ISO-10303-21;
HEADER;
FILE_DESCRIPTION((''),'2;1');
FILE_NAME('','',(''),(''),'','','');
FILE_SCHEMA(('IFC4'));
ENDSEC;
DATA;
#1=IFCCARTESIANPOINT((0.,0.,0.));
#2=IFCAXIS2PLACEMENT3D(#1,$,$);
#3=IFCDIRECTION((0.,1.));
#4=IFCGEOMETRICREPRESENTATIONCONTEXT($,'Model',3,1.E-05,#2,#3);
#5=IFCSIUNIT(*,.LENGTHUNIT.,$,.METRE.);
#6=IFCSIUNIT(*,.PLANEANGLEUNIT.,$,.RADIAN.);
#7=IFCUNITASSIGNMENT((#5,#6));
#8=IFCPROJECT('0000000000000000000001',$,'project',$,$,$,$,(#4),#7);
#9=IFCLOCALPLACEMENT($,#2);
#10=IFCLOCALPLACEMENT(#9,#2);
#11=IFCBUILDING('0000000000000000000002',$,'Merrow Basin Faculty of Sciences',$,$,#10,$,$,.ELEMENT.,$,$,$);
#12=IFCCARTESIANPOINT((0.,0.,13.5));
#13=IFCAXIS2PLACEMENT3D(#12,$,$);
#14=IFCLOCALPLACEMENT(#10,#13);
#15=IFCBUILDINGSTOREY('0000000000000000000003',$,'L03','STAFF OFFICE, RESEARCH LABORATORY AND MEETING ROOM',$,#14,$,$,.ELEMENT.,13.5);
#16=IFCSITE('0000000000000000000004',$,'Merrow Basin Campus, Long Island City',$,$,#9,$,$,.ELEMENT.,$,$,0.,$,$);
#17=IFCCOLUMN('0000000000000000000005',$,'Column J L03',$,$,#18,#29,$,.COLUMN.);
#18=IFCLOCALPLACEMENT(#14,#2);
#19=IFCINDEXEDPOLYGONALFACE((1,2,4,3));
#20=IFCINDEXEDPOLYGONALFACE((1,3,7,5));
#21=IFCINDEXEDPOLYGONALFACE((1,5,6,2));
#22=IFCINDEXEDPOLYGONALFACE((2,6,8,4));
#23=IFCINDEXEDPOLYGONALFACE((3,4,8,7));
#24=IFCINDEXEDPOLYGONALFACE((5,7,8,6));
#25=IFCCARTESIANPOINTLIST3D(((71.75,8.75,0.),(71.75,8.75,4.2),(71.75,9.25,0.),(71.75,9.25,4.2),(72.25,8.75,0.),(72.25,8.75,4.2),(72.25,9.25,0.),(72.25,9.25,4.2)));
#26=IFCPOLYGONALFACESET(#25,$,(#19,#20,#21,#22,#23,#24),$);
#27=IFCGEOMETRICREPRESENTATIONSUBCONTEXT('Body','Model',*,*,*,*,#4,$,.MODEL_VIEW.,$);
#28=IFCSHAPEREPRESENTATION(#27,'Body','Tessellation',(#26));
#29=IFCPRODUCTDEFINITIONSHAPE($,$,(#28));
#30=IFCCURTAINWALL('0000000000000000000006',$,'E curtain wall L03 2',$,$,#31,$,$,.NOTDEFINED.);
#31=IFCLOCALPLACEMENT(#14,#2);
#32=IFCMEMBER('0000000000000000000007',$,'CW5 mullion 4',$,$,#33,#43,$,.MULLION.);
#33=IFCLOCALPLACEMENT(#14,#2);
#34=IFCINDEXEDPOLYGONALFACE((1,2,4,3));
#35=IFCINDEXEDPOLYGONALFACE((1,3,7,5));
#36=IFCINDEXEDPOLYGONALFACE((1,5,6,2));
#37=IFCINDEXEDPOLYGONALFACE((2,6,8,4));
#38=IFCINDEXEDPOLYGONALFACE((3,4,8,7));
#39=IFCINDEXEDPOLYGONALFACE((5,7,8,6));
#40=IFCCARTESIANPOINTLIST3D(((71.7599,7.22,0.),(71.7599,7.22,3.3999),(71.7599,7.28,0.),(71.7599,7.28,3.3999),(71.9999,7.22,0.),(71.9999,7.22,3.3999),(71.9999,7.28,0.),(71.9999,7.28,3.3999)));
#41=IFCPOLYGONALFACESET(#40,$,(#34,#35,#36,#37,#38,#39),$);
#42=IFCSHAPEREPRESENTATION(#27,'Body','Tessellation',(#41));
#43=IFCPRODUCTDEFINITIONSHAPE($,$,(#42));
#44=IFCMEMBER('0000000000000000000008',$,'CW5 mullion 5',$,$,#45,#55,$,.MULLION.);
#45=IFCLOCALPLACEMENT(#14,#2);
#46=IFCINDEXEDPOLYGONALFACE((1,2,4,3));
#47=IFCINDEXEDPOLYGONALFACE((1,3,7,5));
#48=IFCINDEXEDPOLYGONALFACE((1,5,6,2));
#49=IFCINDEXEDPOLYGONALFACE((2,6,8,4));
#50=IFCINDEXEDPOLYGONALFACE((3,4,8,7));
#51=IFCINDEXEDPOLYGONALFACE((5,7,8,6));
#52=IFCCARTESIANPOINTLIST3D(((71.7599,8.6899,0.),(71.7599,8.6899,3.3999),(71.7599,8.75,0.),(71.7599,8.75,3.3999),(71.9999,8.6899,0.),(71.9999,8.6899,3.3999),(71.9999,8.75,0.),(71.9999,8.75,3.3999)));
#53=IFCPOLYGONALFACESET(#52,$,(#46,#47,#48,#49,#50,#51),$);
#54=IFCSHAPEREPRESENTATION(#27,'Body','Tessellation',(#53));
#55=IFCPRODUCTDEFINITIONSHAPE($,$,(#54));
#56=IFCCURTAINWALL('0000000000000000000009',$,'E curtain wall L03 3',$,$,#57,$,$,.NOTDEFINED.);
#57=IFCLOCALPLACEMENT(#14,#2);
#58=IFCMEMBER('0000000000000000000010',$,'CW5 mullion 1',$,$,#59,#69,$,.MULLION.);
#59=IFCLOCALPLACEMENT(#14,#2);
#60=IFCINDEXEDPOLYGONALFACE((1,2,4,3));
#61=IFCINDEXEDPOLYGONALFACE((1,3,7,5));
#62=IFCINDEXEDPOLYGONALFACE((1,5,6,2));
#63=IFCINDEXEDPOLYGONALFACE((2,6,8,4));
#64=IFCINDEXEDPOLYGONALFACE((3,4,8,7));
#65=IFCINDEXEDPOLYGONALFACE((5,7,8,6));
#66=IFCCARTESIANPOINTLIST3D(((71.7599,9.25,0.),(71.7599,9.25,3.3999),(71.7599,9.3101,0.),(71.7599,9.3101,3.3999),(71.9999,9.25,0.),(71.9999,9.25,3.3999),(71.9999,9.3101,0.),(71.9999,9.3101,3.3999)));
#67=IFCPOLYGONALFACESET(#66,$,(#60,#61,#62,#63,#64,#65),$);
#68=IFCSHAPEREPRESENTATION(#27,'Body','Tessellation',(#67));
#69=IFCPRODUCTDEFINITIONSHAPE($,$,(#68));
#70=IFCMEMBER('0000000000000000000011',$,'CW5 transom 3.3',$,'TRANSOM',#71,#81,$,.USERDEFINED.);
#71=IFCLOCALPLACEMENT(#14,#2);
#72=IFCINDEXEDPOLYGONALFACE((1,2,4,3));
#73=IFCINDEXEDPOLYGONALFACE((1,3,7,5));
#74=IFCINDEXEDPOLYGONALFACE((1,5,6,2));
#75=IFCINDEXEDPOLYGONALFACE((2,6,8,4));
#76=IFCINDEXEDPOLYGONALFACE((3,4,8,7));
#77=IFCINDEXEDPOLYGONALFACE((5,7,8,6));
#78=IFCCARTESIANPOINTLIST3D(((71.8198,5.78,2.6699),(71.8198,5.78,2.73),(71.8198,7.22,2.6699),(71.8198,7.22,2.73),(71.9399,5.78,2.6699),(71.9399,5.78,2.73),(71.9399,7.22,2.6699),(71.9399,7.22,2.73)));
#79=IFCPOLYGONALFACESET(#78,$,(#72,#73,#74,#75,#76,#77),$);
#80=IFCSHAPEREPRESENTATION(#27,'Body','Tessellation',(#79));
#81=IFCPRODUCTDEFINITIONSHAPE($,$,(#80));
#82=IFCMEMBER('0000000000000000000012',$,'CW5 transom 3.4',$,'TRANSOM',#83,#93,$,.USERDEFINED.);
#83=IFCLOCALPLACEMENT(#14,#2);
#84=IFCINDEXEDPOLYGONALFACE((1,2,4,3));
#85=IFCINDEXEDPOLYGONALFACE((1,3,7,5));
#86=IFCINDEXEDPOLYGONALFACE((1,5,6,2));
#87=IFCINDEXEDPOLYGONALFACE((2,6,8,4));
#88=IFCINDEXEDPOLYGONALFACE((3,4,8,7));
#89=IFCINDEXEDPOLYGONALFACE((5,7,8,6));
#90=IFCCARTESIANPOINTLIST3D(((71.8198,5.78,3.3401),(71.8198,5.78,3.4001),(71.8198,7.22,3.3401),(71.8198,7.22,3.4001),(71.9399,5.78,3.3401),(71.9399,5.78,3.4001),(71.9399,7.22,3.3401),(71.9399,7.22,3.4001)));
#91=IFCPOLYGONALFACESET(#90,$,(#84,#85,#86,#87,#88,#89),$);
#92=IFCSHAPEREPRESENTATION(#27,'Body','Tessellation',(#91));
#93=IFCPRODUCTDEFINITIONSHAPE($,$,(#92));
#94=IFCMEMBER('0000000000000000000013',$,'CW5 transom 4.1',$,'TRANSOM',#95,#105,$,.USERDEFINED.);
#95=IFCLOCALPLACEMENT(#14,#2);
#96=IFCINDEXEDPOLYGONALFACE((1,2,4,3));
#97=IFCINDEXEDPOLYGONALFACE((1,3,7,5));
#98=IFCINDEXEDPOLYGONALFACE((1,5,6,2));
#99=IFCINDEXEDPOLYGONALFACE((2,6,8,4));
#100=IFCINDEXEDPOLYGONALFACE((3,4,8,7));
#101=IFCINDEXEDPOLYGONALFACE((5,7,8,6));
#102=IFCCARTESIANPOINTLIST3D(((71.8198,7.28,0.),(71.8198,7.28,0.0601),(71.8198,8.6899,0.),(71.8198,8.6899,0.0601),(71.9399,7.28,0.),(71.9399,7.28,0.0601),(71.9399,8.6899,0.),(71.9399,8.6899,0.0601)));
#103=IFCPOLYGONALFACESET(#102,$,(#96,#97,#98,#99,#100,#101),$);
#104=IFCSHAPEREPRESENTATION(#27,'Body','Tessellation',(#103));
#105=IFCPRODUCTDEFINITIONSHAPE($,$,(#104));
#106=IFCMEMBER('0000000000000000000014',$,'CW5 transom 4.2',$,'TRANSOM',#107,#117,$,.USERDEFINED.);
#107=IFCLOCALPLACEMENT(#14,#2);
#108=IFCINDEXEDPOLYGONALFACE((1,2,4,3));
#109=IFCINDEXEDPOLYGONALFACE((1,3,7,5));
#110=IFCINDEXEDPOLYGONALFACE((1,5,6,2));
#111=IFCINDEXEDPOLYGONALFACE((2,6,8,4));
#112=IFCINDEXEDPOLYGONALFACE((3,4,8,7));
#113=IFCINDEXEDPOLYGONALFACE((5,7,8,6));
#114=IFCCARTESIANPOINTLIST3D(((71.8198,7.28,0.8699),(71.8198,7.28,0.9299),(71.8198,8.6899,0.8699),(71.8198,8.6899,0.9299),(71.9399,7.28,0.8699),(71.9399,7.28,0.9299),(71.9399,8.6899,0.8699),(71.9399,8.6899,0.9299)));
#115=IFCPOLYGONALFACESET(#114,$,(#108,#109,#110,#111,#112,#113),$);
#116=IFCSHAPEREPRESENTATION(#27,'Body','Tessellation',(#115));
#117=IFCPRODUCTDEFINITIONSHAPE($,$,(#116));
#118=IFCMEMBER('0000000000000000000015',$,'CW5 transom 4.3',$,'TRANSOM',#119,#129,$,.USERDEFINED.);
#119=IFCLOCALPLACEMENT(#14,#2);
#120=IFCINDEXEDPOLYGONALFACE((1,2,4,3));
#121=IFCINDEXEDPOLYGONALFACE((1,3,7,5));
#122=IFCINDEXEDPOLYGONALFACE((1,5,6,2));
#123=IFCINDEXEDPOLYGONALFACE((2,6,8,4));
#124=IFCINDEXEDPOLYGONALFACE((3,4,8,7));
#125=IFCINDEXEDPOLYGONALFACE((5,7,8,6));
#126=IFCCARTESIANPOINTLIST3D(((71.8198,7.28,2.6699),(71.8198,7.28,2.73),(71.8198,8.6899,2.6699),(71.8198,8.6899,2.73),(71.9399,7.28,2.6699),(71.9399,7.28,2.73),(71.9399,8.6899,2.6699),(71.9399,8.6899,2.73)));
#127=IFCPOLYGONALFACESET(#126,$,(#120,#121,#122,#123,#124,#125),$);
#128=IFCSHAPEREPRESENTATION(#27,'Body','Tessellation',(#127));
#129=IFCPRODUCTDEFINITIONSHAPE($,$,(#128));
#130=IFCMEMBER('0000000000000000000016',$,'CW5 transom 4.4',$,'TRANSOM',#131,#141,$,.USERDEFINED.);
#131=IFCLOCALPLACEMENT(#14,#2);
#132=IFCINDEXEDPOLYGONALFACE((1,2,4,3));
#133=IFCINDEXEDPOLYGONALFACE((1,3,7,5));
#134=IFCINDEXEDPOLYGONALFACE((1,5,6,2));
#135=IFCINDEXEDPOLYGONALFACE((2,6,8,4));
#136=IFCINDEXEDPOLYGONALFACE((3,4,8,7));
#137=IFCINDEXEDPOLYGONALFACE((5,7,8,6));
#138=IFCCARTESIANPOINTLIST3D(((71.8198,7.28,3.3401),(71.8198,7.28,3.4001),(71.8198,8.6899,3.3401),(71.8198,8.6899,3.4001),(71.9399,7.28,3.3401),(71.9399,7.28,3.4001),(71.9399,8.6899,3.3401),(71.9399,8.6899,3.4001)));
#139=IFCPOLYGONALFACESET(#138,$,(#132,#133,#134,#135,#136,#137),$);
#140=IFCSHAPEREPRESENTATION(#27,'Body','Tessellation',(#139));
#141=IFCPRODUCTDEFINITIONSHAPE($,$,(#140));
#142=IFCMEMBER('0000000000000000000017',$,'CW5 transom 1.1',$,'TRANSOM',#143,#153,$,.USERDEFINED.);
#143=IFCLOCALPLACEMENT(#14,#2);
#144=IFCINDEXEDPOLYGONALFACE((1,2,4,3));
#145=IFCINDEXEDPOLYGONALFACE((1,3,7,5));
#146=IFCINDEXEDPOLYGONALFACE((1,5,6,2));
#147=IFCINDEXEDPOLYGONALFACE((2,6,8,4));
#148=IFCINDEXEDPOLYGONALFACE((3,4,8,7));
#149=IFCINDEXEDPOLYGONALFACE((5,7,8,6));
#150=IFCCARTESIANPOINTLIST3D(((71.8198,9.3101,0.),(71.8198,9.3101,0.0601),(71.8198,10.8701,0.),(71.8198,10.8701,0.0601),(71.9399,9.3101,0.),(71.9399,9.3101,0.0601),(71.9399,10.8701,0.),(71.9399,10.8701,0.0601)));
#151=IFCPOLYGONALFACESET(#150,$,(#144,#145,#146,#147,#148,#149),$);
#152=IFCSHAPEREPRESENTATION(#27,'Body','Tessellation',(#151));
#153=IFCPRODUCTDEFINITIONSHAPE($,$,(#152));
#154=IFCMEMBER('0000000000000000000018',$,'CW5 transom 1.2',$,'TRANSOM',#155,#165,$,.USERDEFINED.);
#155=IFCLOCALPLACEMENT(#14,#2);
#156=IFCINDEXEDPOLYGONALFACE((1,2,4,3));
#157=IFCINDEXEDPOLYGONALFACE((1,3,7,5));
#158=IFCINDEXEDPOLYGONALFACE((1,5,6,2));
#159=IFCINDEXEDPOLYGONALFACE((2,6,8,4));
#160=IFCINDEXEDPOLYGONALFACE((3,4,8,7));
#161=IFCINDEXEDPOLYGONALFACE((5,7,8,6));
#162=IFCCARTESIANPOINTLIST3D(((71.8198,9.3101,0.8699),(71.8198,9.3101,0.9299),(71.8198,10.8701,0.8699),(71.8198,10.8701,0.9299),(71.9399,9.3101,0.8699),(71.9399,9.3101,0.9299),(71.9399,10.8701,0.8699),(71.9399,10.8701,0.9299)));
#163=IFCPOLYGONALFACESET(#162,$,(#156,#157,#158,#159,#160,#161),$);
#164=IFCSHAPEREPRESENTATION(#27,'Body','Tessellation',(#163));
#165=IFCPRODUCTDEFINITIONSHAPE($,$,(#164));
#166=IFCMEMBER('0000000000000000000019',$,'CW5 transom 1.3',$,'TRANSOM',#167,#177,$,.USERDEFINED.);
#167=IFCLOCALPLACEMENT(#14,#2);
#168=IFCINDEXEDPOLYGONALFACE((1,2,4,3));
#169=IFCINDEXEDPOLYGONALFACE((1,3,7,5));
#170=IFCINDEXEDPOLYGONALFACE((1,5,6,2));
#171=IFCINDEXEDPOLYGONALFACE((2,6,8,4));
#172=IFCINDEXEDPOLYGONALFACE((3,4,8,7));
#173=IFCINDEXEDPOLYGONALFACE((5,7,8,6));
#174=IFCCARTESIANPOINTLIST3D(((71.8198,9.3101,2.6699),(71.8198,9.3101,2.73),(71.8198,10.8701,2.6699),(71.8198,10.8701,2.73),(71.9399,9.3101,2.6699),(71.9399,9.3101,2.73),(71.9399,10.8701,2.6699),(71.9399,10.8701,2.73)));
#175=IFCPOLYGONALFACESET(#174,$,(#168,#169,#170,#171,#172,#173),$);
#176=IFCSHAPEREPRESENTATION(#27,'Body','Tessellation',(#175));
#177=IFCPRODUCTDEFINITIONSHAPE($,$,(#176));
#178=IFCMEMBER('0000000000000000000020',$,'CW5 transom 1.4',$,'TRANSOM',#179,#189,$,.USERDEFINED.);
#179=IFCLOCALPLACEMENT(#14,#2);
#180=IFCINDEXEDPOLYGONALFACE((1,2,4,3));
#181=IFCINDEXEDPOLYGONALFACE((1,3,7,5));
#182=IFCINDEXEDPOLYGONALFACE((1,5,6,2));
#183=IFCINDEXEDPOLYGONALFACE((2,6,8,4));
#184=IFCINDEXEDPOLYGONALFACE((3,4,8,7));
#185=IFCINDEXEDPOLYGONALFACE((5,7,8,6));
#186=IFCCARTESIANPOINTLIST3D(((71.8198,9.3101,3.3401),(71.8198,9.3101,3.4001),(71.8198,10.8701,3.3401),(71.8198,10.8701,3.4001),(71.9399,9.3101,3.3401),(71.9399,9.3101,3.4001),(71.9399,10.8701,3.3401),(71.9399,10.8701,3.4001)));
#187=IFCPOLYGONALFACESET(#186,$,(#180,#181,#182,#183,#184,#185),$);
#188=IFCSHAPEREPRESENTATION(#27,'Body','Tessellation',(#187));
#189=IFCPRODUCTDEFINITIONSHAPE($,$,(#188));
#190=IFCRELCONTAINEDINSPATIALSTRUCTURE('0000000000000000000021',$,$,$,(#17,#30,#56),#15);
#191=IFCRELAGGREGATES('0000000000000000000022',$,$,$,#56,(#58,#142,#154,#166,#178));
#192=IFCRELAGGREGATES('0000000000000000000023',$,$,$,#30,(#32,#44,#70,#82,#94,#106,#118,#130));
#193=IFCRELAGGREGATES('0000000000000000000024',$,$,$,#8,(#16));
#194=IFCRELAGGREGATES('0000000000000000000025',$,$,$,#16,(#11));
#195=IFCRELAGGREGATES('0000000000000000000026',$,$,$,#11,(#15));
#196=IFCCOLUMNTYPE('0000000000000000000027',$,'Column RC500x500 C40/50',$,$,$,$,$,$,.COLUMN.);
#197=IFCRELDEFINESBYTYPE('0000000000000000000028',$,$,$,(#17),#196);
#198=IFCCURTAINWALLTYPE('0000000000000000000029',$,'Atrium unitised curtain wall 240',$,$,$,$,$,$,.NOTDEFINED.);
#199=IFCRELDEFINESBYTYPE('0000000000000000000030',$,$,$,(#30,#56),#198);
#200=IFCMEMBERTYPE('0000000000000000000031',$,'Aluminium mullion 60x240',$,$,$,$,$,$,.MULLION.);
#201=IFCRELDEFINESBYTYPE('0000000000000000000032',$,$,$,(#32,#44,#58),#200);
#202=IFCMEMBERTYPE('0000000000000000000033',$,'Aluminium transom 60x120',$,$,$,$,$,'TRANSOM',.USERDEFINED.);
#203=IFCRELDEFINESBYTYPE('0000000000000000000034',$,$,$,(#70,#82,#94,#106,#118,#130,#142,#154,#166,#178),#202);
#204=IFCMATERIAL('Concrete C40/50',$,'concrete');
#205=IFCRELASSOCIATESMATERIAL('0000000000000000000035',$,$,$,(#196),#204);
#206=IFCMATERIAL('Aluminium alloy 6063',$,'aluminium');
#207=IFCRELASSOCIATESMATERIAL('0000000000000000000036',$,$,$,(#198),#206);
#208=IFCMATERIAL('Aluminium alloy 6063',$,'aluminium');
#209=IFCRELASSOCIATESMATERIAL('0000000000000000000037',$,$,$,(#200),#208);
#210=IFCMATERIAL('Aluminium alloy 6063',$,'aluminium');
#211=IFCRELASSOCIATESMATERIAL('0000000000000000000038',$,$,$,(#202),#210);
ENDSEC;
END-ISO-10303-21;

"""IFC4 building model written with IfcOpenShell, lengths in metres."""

from ifc_helpers import new_model, si_unit, direction, frame, origin, origin_2d, place, context, subcontext, project, spatial, rectangle, extrude, material, material_profile, profile_set, type_object, element, aggregate, save


model = new_model("IFC4")

# Units and contexts
model_context = context("Model", 3, precision=1e-05, world=origin(), true_north=direction((0.0, 1.0)))
body_context = subcontext(model_context, "Body", "Model", "MODEL_VIEW")
ifc_project = project(units=[si_unit("LENGTHUNIT", "METRE"), si_unit("PLANEANGLEUNIT", "RADIAN")], contexts=[model_context])

# Site, building, storey
site_placement = place(None, origin())
site = spatial("IfcSite", under=ifc_project, at=site_placement, Name="Merrow Basin Campus, Long Island City", CompositionType="ELEMENT", RefElevation=0.0)
building_placement = place(site_placement, origin())
building = spatial("IfcBuilding", under=site, at=building_placement, Name="Merrow Basin Faculty of Sciences", CompositionType="ELEMENT")
storey_placement = place(building_placement, frame((0.0, 0.0, 13.5)))
storey = spatial("IfcBuildingStorey", under=building, at=storey_placement, Name="L03", Description="STAFF OFFICE, RESEARCH LABORATORY AND MEETING ROOM", CompositionType="ELEMENT", Elevation=13.5)

# Column
ifc_material_1 = material(Name="Concrete C40/50", Category="concrete")
ifc_material_profile_1 = material_profile(ifc_material_1, rectangle(XDim=0.5, YDim=0.5, at=origin_2d()))
ifc_profile_set_1 = profile_set([ifc_material_profile_1], Name="Concrete C40/50")
column_type = type_object("IfcColumnType", Name="Column RC500x500 C40/50", PredefinedType="COLUMN", material=ifc_profile_set_1)
column_placement = place(storey_placement, frame((72.0, 9.0, 0.0), z_axis=(0.0, 0.0, 1.0), x_axis=(1.0, 0.0, 0.0)))
element("IfcColumn", 1, at=column_placement, inside=storey, type_object=column_type, Name="Column J L03", PredefinedType="COLUMN", context=body_context, shape_type="SweptSolid", body=[
    extrude(rectangle(XDim=0.5, YDim=0.5, at=origin_2d()), origin(), (0.0, 0.0, 1.0), 4.2),
])

# Curtain wall, members
ifc_material_2 = material(Name="Aluminium alloy 6063", Category="aluminium")
curtain_wall_type = type_object("IfcCurtainWallType", Name="Atrium unitised curtain wall 240", PredefinedType="NOTDEFINED", material=ifc_material_2)
curtain_wall_1_placement = place(storey_placement, origin())
curtain_wall_1 = element("IfcCurtainWall", 2, at=curtain_wall_1_placement, inside=storey, type_object=curtain_wall_type, Name="E curtain wall L03 2", PredefinedType="NOTDEFINED")
ifc_material_3 = material(Name="Aluminium alloy 6063", Category="aluminium")
ifc_material_profile_2 = material_profile(ifc_material_3, rectangle(XDim=0.24, YDim=0.0601, at=origin_2d()))
ifc_profile_set_2 = profile_set([ifc_material_profile_2], Name="Aluminium alloy 6063")
member_type_1 = type_object("IfcMemberType", Name="Aluminium mullion 60x240", PredefinedType="MULLION", material=ifc_profile_set_2)
member_1_placement = place(storey_placement, frame((71.8799, 7.25, 0.0), z_axis=(0.0, 0.0, 1.0), x_axis=(-1.0, 0.0, 0.0)))
member_1 = element("IfcMember", 3, at=member_1_placement, type_object=member_type_1, Name="CW5 mullion 4", PredefinedType="MULLION", context=body_context, shape_type="SweptSolid", body=[
    extrude(rectangle(XDim=0.24, YDim=0.0601, at=origin_2d()), origin(), (0.0, 0.0, 1.0), 3.3999),
])
member_2_placement = place(storey_placement, frame((71.8799, 8.72, 0.0), z_axis=(0.0, 0.0, 1.0), x_axis=(-1.0, 0.0, 0.0)))
member_2 = element("IfcMember", 4, at=member_2_placement, type_object=member_type_1, Name="CW5 mullion 5", PredefinedType="MULLION", context=body_context, shape_type="SweptSolid", body=[
    extrude(rectangle(XDim=0.24, YDim=0.0601, at=origin_2d()), origin(), (0.0, 0.0, 1.0), 3.3999),
])

# Curtain wall, member
curtain_wall_2_placement = place(storey_placement, origin())
curtain_wall_2 = element("IfcCurtainWall", 5, at=curtain_wall_2_placement, inside=storey, type_object=curtain_wall_type, Name="E curtain wall L03 3", PredefinedType="NOTDEFINED")
member_3_placement = place(storey_placement, frame((71.8799, 9.28, 0.0), z_axis=(0.0, 0.0, 1.0), x_axis=(-1.0, 0.0, 0.0)))
member_3 = element("IfcMember", 6, at=member_3_placement, type_object=member_type_1, Name="CW5 mullion 1", PredefinedType="MULLION", context=body_context, shape_type="SweptSolid", body=[
    extrude(rectangle(XDim=0.24, YDim=0.0601, at=origin_2d()), origin(), (0.0, 0.0, 1.0), 3.3999),
])

# Members
ifc_material_4 = material(Name="Aluminium alloy 6063", Category="aluminium")
ifc_material_profile_3 = material_profile(ifc_material_4, rectangle(XDim=0.1201, YDim=0.0601, at=origin_2d()))
ifc_profile_set_3 = profile_set([ifc_material_profile_3], Name="Aluminium alloy 6063")
member_type_2 = type_object("IfcMemberType", Name="Aluminium transom 60x120", ElementType="TRANSOM", PredefinedType="USERDEFINED", material=ifc_profile_set_3)
member_4_placement = place(storey_placement, frame((71.8799, 5.78, 2.7), z_axis=(0.0, 1.0, 0.0), x_axis=(-1.0, 0.0, 0.0)))
member_4 = element("IfcMember", 7, at=member_4_placement, type_object=member_type_2, Name="CW5 transom 3.3", ObjectType="TRANSOM", PredefinedType="USERDEFINED", context=body_context, shape_type="SweptSolid", body=[
    extrude(rectangle(XDim=0.1201, YDim=0.0601, at=origin_2d()), origin(), (0.0, 0.0, 1.0), 1.4399),
])
member_5_placement = place(storey_placement, frame((71.8799, 5.78, 3.3701), z_axis=(0.0, 1.0, 0.0), x_axis=(-1.0, 0.0, 0.0)))
member_5 = element("IfcMember", 8, at=member_5_placement, type_object=member_type_2, Name="CW5 transom 3.4", ObjectType="TRANSOM", PredefinedType="USERDEFINED", context=body_context, shape_type="SweptSolid", body=[
    extrude(rectangle(XDim=0.1201, YDim=0.0601, at=origin_2d()), origin(), (0.0, 0.0, 1.0), 1.4399),
])
member_6_placement = place(storey_placement, frame((71.8799, 7.28, 0.03), z_axis=(0.0, 1.0, 0.0), x_axis=(-1.0, 0.0, 0.0)))
member_6 = element("IfcMember", 9, at=member_6_placement, type_object=member_type_2, Name="CW5 transom 4.1", ObjectType="TRANSOM", PredefinedType="USERDEFINED", context=body_context, shape_type="SweptSolid", body=[
    extrude(rectangle(XDim=0.1201, YDim=0.0601, at=origin_2d()), origin(), (0.0, 0.0, 1.0), 1.4099),
])
member_7_placement = place(storey_placement, frame((71.8799, 7.28, 0.8999), z_axis=(0.0, 1.0, 0.0), x_axis=(-1.0, 0.0, 0.0)))
member_7 = element("IfcMember", 10, at=member_7_placement, type_object=member_type_2, Name="CW5 transom 4.2", ObjectType="TRANSOM", PredefinedType="USERDEFINED", context=body_context, shape_type="SweptSolid", body=[
    extrude(rectangle(XDim=0.1201, YDim=0.0601, at=origin_2d()), origin(), (0.0, 0.0, 1.0), 1.4099),
])
member_8_placement = place(storey_placement, frame((71.8799, 7.28, 2.7), z_axis=(0.0, 1.0, 0.0), x_axis=(-1.0, 0.0, 0.0)))
member_8 = element("IfcMember", 11, at=member_8_placement, type_object=member_type_2, Name="CW5 transom 4.3", ObjectType="TRANSOM", PredefinedType="USERDEFINED", context=body_context, shape_type="SweptSolid", body=[
    extrude(rectangle(XDim=0.1201, YDim=0.0601, at=origin_2d()), origin(), (0.0, 0.0, 1.0), 1.4099),
])
member_9_placement = place(storey_placement, frame((71.8799, 7.28, 3.3701), z_axis=(0.0, 1.0, 0.0), x_axis=(-1.0, 0.0, 0.0)))
member_9 = element("IfcMember", 12, at=member_9_placement, type_object=member_type_2, Name="CW5 transom 4.4", ObjectType="TRANSOM", PredefinedType="USERDEFINED", context=body_context, shape_type="SweptSolid", body=[
    extrude(rectangle(XDim=0.1201, YDim=0.0601, at=origin_2d()), origin(), (0.0, 0.0, 1.0), 1.4099),
])
member_10_placement = place(storey_placement, frame((71.8799, 9.3101, 0.03), z_axis=(0.0, 1.0, 0.0), x_axis=(-1.0, 0.0, 0.0)))
member_10 = element("IfcMember", 13, at=member_10_placement, type_object=member_type_2, Name="CW5 transom 1.1", ObjectType="TRANSOM", PredefinedType="USERDEFINED", context=body_context, shape_type="SweptSolid", body=[
    extrude(rectangle(XDim=0.1201, YDim=0.0601, at=origin_2d()), origin(), (0.0, 0.0, 1.0), 1.5601),
])
member_11_placement = place(storey_placement, frame((71.8799, 9.3101, 0.8999), z_axis=(0.0, 1.0, 0.0), x_axis=(-1.0, 0.0, 0.0)))
member_11 = element("IfcMember", 14, at=member_11_placement, type_object=member_type_2, Name="CW5 transom 1.2", ObjectType="TRANSOM", PredefinedType="USERDEFINED", context=body_context, shape_type="SweptSolid", body=[
    extrude(rectangle(XDim=0.1201, YDim=0.0601, at=origin_2d()), origin(), (0.0, 0.0, 1.0), 1.5601),
])
member_12_placement = place(storey_placement, frame((71.8799, 9.3101, 2.7), z_axis=(0.0, 1.0, 0.0), x_axis=(-1.0, 0.0, 0.0)))
member_12 = element("IfcMember", 15, at=member_12_placement, type_object=member_type_2, Name="CW5 transom 1.3", ObjectType="TRANSOM", PredefinedType="USERDEFINED", context=body_context, shape_type="SweptSolid", body=[
    extrude(rectangle(XDim=0.1201, YDim=0.0601, at=origin_2d()), origin(), (0.0, 0.0, 1.0), 1.5601),
])
member_13_placement = place(storey_placement, frame((71.8799, 9.3101, 3.3701), z_axis=(0.0, 1.0, 0.0), x_axis=(-1.0, 0.0, 0.0)))
member_13 = element("IfcMember", 16, at=member_13_placement, type_object=member_type_2, Name="CW5 transom 1.4", ObjectType="TRANSOM", PredefinedType="USERDEFINED", context=body_context, shape_type="SweptSolid", body=[
    extrude(rectangle(XDim=0.1201, YDim=0.0601, at=origin_2d()), origin(), (0.0, 0.0, 1.0), 1.5601),
])
aggregate(curtain_wall_2, [member_3, member_10, member_11, member_12, member_13])

aggregate(curtain_wall_1, [member_1, member_2, member_4, member_5, member_6, member_7, member_8, member_9])

save(model, "model.ifc")
